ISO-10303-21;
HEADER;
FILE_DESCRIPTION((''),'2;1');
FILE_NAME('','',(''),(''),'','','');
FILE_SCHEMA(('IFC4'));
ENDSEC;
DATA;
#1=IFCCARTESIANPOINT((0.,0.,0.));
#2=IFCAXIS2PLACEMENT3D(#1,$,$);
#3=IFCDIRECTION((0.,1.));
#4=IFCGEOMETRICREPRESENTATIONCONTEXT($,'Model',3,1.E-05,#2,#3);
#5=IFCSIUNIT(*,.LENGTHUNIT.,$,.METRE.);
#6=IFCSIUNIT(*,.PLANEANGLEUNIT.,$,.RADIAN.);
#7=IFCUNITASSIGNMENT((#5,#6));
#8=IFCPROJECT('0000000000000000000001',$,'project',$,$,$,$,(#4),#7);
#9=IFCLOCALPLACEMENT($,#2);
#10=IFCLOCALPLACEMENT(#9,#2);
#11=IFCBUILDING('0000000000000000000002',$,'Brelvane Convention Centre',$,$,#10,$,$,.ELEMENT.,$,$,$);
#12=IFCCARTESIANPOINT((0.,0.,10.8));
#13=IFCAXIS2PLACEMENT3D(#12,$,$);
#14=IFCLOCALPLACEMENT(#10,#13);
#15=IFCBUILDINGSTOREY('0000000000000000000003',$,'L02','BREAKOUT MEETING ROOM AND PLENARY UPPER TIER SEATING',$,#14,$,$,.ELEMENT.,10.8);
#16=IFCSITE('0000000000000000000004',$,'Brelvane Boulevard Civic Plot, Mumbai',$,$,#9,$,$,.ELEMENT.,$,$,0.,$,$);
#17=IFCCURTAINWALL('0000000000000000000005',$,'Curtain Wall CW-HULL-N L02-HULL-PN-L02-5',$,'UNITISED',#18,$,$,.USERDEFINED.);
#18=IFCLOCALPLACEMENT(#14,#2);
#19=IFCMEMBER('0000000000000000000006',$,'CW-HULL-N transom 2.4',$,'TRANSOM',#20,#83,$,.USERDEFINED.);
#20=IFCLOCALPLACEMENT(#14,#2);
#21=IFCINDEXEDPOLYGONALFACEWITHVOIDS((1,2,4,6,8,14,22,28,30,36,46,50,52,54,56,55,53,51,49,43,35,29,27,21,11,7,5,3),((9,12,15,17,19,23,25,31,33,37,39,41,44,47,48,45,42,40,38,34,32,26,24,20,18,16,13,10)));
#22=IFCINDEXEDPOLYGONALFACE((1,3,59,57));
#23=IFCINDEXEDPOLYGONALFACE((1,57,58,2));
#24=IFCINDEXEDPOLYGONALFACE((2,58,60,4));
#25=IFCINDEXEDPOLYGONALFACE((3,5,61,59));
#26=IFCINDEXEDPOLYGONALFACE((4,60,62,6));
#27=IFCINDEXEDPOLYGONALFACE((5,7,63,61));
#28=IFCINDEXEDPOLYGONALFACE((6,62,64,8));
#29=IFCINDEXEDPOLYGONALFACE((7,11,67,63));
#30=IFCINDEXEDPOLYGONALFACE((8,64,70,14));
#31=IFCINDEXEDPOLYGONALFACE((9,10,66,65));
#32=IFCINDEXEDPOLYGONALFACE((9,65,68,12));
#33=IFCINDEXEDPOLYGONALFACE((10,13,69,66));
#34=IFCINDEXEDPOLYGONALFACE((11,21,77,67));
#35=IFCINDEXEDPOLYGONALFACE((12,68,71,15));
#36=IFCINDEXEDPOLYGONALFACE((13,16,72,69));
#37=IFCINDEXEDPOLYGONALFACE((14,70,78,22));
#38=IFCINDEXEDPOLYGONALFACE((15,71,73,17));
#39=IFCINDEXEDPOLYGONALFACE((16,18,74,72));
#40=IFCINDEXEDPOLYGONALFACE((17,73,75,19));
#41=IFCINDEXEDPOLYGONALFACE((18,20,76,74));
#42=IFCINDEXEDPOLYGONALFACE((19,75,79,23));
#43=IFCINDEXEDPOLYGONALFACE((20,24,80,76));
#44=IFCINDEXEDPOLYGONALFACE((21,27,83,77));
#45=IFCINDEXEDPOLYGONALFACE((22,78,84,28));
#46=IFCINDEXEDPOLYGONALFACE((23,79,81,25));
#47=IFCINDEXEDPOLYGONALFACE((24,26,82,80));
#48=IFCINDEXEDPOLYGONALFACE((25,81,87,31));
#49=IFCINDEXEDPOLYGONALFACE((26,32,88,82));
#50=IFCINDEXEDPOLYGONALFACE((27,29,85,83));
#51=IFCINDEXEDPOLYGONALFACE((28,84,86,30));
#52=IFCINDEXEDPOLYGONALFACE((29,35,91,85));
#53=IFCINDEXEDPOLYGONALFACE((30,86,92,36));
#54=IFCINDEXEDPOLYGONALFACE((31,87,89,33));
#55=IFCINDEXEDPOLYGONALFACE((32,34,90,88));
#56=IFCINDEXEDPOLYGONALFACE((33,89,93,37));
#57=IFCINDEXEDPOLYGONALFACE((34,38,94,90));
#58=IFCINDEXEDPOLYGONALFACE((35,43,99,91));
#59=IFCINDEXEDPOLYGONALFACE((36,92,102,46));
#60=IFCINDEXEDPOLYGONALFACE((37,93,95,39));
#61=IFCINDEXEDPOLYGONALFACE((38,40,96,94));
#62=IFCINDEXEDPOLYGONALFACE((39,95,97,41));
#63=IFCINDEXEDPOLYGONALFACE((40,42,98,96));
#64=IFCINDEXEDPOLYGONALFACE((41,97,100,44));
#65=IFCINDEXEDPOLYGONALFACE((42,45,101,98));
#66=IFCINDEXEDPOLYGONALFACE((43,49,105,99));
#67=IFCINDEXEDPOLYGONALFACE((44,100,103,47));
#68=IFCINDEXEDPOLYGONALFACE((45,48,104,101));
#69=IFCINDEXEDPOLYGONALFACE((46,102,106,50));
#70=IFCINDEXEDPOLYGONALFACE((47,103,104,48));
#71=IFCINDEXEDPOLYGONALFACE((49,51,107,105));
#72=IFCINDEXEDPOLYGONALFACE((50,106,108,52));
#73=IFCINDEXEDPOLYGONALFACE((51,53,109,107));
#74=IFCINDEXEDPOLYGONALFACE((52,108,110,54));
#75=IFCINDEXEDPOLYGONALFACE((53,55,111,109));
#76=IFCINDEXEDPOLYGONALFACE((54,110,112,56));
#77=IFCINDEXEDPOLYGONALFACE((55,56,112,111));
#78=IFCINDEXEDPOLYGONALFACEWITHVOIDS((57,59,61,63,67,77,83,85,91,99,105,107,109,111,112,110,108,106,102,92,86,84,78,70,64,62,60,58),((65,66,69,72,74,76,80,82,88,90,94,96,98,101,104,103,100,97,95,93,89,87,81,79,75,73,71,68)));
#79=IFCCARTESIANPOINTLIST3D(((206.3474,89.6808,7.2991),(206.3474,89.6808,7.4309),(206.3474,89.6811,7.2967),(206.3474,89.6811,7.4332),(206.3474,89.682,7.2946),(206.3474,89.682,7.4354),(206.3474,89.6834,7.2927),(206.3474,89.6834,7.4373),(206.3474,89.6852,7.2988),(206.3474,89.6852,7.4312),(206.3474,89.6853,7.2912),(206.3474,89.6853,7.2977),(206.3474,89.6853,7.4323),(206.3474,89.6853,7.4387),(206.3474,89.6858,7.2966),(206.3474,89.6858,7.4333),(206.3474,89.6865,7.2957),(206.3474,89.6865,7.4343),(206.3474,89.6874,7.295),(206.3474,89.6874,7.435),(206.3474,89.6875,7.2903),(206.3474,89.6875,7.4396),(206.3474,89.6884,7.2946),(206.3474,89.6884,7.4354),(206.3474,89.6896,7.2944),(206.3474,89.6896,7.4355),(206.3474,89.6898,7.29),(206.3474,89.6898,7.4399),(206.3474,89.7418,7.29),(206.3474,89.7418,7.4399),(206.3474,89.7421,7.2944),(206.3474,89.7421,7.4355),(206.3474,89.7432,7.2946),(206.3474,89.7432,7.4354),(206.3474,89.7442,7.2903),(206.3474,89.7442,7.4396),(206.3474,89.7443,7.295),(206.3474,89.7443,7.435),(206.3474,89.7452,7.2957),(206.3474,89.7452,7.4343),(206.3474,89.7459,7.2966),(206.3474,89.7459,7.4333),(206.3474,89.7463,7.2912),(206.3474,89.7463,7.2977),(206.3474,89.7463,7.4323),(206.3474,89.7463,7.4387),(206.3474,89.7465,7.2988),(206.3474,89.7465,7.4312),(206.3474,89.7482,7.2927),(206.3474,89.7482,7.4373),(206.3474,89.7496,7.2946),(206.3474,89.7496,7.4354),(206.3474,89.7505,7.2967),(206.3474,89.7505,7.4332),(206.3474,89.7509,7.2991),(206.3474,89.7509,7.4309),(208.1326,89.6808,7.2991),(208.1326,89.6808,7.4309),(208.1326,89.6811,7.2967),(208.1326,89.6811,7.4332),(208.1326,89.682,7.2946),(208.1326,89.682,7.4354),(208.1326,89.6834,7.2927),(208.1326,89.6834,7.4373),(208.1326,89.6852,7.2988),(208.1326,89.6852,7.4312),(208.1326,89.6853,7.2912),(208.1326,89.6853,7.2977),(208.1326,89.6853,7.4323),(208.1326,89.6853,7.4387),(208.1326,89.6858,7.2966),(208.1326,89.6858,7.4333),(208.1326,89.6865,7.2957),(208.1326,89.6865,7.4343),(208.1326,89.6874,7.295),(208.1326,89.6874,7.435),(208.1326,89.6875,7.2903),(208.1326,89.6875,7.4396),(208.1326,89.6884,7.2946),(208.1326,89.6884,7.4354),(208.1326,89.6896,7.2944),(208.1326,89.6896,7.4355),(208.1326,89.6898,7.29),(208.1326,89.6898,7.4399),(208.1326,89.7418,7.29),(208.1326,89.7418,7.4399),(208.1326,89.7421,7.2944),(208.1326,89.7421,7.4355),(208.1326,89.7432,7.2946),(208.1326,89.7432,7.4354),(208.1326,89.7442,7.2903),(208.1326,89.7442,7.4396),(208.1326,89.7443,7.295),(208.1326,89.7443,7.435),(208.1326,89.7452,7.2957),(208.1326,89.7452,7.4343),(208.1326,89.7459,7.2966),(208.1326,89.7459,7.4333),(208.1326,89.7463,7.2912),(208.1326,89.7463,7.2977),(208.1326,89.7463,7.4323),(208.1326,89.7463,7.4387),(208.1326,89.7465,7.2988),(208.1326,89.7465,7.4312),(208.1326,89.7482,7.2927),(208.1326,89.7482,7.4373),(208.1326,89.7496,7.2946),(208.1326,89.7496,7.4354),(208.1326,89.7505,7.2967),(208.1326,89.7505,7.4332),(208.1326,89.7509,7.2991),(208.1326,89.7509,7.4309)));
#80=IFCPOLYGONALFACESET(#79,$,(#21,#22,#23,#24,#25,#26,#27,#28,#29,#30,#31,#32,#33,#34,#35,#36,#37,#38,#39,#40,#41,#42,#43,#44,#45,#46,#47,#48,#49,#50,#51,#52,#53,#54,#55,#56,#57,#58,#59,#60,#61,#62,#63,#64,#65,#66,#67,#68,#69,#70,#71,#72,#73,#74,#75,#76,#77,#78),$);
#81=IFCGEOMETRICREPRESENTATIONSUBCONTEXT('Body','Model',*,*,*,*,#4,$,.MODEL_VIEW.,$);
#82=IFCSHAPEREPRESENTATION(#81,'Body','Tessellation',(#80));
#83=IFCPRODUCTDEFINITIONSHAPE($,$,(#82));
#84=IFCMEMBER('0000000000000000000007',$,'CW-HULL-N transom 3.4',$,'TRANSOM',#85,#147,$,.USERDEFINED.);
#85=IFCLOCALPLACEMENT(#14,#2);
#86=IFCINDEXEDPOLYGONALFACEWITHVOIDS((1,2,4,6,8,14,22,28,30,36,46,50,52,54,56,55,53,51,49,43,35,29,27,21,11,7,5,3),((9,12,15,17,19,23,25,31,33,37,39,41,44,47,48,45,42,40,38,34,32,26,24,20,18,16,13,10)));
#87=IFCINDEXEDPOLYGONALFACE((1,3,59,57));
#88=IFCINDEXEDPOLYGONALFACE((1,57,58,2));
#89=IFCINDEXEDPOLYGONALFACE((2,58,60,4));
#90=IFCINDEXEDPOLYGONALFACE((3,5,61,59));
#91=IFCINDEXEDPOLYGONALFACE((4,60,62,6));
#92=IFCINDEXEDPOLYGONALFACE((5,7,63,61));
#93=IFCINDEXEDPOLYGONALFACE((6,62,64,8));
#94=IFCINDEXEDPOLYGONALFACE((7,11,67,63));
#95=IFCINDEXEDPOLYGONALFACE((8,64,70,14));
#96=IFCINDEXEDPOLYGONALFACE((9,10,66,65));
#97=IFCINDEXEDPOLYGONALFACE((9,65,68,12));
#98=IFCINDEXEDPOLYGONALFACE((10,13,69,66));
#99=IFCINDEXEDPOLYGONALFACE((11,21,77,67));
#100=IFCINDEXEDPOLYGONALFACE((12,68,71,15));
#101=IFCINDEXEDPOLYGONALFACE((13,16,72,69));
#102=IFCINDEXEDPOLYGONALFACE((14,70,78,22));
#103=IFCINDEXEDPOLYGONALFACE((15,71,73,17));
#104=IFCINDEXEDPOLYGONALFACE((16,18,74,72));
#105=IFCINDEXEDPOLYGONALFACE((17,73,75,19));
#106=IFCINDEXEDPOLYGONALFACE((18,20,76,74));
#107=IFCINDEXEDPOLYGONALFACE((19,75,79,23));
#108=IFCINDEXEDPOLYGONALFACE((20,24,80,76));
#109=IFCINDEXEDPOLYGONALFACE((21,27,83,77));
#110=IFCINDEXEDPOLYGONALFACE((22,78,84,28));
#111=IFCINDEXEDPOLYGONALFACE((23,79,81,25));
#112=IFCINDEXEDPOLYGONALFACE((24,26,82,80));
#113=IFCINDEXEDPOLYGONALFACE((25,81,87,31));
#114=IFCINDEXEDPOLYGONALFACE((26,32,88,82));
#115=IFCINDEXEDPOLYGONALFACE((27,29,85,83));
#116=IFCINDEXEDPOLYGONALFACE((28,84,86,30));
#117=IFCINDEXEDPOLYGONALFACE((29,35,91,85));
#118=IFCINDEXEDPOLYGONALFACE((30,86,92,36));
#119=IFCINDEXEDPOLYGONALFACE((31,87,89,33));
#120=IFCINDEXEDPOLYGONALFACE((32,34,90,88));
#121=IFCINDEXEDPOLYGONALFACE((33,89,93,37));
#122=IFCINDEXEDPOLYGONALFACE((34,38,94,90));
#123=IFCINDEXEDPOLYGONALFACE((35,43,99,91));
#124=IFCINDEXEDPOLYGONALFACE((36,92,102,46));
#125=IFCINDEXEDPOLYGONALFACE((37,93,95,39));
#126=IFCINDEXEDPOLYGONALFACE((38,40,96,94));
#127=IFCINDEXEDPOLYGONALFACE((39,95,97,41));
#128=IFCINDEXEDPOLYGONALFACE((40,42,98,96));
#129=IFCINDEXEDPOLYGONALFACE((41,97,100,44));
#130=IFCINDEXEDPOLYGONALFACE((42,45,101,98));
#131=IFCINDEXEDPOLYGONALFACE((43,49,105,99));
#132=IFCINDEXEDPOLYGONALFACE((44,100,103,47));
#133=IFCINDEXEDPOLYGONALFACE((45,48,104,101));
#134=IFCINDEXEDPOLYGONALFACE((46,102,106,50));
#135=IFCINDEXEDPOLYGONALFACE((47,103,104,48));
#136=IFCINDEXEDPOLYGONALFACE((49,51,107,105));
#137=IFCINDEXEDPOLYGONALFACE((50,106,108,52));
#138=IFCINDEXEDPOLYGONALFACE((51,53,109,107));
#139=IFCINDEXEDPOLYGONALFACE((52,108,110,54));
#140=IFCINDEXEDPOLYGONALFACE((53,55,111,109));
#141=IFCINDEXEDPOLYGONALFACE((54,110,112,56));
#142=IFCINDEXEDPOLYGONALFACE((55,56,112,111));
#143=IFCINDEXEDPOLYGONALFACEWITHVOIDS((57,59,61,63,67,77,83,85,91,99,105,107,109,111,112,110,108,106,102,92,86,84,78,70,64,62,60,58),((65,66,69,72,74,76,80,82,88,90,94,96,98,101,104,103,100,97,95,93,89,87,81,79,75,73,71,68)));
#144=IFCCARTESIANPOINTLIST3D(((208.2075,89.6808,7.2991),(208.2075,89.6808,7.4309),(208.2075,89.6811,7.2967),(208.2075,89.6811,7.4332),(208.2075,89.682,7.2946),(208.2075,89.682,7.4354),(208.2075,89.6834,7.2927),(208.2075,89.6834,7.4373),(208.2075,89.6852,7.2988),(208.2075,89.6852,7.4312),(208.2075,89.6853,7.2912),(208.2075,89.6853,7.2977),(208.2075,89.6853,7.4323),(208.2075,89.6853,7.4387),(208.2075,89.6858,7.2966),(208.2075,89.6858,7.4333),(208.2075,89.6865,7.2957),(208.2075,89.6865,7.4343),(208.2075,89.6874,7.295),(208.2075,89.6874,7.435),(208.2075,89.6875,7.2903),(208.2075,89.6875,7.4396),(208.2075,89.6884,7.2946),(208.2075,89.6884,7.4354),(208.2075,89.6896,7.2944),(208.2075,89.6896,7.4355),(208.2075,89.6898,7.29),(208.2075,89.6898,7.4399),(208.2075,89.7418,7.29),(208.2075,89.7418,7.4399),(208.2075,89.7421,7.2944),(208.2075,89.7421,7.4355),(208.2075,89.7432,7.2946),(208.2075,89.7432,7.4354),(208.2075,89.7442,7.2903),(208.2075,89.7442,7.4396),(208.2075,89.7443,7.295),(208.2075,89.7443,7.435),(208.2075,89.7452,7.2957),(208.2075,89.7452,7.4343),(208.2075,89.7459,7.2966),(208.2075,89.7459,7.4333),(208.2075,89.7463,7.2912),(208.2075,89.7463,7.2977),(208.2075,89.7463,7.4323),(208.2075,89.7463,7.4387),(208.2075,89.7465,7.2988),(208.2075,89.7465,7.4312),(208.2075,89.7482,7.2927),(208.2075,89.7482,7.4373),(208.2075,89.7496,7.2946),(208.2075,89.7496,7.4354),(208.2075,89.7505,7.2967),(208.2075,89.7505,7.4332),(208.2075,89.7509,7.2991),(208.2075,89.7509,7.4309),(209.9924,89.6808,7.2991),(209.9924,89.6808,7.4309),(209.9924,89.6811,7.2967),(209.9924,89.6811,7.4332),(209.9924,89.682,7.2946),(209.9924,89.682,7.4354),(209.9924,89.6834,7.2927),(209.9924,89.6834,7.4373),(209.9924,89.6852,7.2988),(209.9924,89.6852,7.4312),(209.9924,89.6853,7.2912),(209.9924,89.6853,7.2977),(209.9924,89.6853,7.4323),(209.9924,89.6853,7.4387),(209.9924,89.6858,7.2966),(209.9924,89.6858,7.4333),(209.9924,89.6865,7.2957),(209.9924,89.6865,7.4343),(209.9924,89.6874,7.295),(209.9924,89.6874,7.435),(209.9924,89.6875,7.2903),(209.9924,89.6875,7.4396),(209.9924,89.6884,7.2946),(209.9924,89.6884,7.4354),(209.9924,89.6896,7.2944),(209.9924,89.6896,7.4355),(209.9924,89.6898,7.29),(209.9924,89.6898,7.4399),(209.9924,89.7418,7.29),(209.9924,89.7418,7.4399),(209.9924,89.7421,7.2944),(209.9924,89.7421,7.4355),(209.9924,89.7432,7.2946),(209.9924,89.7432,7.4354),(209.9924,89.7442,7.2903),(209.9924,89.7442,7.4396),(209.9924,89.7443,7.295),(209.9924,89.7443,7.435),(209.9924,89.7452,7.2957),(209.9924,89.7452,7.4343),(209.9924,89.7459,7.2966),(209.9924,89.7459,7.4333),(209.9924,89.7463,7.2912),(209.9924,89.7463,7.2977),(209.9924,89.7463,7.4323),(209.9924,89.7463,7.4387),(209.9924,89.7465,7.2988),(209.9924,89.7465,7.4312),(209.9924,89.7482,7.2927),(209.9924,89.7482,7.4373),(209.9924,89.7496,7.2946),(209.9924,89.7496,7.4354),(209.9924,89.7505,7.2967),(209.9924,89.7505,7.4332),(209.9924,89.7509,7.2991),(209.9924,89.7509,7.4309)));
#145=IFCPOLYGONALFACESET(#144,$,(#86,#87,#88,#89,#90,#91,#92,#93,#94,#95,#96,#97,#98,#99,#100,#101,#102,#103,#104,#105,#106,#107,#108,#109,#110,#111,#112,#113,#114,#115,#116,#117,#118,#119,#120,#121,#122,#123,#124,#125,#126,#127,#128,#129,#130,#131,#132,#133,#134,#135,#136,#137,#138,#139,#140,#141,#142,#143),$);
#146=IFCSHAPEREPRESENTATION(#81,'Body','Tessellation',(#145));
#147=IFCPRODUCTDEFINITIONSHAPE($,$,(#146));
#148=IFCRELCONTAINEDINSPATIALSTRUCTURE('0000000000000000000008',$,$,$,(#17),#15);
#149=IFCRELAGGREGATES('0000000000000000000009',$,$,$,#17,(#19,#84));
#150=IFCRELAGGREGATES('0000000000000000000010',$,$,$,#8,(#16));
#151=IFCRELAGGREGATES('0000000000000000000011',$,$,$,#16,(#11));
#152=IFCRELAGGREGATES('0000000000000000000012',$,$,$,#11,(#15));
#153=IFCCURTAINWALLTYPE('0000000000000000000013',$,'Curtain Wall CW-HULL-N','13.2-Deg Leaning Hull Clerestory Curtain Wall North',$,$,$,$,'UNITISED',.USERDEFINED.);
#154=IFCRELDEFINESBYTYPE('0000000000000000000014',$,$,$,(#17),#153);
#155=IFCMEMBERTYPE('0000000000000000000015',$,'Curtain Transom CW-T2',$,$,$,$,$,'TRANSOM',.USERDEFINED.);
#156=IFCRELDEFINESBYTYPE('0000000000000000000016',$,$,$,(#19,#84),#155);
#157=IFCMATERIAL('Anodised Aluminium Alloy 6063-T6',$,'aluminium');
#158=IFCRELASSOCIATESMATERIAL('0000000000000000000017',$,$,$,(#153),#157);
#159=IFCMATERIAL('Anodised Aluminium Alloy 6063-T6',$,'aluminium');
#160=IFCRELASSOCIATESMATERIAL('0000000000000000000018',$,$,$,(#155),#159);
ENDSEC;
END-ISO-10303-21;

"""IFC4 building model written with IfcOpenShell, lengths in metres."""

from ifc_helpers import new_model, si_unit, direction, frame, origin, origin_2d, place, context, subcontext, project, spatial, hollow_rectangle, extrude, material, material_profile, profile_set, type_object, element, aggregate, save


model = new_model("IFC4")

# Units and contexts
model_context = context("Model", 3, precision=1e-05, world=origin(), true_north=direction((0.0, 1.0)))
body_context = subcontext(model_context, "Body", "Model", "MODEL_VIEW")
ifc_project = project(units=[si_unit("LENGTHUNIT", "METRE"), si_unit("PLANEANGLEUNIT", "RADIAN")], contexts=[model_context])

# Site, building, storey
site_placement = place(None, origin())
site = spatial("IfcSite", under=ifc_project, at=site_placement, Name="Brelvane Boulevard Civic Plot, Mumbai", CompositionType="ELEMENT", RefElevation=0.0)
building_placement = place(site_placement, origin())
building = spatial("IfcBuilding", under=site, at=building_placement, Name="Brelvane Convention Centre", CompositionType="ELEMENT")
storey_placement = place(building_placement, frame((0.0, 0.0, 10.8)))
storey = spatial("IfcBuildingStorey", under=building, at=storey_placement, Name="L02", Description="BREAKOUT MEETING ROOM AND PLENARY UPPER TIER SEATING", CompositionType="ELEMENT", Elevation=10.8)

# Curtain wall, members
ifc_material_1 = material(Name="Anodised Aluminium Alloy 6063-T6", Category="aluminium")
curtain_wall_type = type_object("IfcCurtainWallType", Name="Curtain Wall CW-HULL-N", Description="13.2-Deg Leaning Hull Clerestory Curtain Wall North", ElementType="UNITISED", PredefinedType="USERDEFINED", material=ifc_material_1)
ifc_material_2 = material(Name="Anodised Aluminium Alloy 6063-T6", Category="aluminium")
ifc_material_profile_1 = material_profile(ifc_material_2, hollow_rectangle(XDim=0.0701, YDim=0.1499, WallThickness=0.0044, InnerFilletRadius=0.0044, OuterFilletRadius=0.009, at=origin_2d()), Name="ALU-T 150x70x4.5")
ifc_profile_set_1 = profile_set([ifc_material_profile_1], Name="Anodised Aluminium Alloy 6063-T6")
member_type = type_object("IfcMemberType", Name="Curtain Transom CW-T2", ElementType="TRANSOM", PredefinedType="USERDEFINED", material=ifc_profile_set_1)
curtain_wall_1_placement = place(storey_placement, origin())
curtain_wall_1 = element("IfcCurtainWall", 1, at=curtain_wall_1_placement, inside=storey, type_object=curtain_wall_type, Name="Curtain Wall CW-HULL-N L02-HULL-PN-L02-5", ObjectType="UNITISED", PredefinedType="USERDEFINED")
member_1_placement = place(storey_placement, frame((206.3474, 89.7158, 7.365), z_axis=(1.0, 0.0, 0.0), x_axis=(0.0, 1.0, 0.0)))
member_1 = element("IfcMember", 2, at=member_1_placement, type_object=member_type, Name="CW-HULL-N transom 2.4", ObjectType="TRANSOM", PredefinedType="USERDEFINED", context=body_context, shape_type="SweptSolid", body=[
    extrude(hollow_rectangle(XDim=0.0701, YDim=0.1499, WallThickness=0.0044, InnerFilletRadius=0.0044, OuterFilletRadius=0.009, at=origin_2d()), origin(), (0.0, 0.0, 1.0), 1.7852),
])
member_2_placement = place(storey_placement, frame((208.2075, 89.7158, 7.365), z_axis=(1.0, 0.0, 0.0), x_axis=(0.0, 1.0, 0.0)))
member_2 = element("IfcMember", 3, at=member_2_placement, type_object=member_type, Name="CW-HULL-N transom 3.4", ObjectType="TRANSOM", PredefinedType="USERDEFINED", context=body_context, shape_type="SweptSolid", body=[
    extrude(hollow_rectangle(XDim=0.0701, YDim=0.1499, WallThickness=0.0044, InnerFilletRadius=0.0044, OuterFilletRadius=0.009, at=origin_2d()), origin(), (0.0, 0.0, 1.0), 1.7849),
])

aggregate(curtain_wall_1, [member_1, member_2])

save(model, "model.ifc")
